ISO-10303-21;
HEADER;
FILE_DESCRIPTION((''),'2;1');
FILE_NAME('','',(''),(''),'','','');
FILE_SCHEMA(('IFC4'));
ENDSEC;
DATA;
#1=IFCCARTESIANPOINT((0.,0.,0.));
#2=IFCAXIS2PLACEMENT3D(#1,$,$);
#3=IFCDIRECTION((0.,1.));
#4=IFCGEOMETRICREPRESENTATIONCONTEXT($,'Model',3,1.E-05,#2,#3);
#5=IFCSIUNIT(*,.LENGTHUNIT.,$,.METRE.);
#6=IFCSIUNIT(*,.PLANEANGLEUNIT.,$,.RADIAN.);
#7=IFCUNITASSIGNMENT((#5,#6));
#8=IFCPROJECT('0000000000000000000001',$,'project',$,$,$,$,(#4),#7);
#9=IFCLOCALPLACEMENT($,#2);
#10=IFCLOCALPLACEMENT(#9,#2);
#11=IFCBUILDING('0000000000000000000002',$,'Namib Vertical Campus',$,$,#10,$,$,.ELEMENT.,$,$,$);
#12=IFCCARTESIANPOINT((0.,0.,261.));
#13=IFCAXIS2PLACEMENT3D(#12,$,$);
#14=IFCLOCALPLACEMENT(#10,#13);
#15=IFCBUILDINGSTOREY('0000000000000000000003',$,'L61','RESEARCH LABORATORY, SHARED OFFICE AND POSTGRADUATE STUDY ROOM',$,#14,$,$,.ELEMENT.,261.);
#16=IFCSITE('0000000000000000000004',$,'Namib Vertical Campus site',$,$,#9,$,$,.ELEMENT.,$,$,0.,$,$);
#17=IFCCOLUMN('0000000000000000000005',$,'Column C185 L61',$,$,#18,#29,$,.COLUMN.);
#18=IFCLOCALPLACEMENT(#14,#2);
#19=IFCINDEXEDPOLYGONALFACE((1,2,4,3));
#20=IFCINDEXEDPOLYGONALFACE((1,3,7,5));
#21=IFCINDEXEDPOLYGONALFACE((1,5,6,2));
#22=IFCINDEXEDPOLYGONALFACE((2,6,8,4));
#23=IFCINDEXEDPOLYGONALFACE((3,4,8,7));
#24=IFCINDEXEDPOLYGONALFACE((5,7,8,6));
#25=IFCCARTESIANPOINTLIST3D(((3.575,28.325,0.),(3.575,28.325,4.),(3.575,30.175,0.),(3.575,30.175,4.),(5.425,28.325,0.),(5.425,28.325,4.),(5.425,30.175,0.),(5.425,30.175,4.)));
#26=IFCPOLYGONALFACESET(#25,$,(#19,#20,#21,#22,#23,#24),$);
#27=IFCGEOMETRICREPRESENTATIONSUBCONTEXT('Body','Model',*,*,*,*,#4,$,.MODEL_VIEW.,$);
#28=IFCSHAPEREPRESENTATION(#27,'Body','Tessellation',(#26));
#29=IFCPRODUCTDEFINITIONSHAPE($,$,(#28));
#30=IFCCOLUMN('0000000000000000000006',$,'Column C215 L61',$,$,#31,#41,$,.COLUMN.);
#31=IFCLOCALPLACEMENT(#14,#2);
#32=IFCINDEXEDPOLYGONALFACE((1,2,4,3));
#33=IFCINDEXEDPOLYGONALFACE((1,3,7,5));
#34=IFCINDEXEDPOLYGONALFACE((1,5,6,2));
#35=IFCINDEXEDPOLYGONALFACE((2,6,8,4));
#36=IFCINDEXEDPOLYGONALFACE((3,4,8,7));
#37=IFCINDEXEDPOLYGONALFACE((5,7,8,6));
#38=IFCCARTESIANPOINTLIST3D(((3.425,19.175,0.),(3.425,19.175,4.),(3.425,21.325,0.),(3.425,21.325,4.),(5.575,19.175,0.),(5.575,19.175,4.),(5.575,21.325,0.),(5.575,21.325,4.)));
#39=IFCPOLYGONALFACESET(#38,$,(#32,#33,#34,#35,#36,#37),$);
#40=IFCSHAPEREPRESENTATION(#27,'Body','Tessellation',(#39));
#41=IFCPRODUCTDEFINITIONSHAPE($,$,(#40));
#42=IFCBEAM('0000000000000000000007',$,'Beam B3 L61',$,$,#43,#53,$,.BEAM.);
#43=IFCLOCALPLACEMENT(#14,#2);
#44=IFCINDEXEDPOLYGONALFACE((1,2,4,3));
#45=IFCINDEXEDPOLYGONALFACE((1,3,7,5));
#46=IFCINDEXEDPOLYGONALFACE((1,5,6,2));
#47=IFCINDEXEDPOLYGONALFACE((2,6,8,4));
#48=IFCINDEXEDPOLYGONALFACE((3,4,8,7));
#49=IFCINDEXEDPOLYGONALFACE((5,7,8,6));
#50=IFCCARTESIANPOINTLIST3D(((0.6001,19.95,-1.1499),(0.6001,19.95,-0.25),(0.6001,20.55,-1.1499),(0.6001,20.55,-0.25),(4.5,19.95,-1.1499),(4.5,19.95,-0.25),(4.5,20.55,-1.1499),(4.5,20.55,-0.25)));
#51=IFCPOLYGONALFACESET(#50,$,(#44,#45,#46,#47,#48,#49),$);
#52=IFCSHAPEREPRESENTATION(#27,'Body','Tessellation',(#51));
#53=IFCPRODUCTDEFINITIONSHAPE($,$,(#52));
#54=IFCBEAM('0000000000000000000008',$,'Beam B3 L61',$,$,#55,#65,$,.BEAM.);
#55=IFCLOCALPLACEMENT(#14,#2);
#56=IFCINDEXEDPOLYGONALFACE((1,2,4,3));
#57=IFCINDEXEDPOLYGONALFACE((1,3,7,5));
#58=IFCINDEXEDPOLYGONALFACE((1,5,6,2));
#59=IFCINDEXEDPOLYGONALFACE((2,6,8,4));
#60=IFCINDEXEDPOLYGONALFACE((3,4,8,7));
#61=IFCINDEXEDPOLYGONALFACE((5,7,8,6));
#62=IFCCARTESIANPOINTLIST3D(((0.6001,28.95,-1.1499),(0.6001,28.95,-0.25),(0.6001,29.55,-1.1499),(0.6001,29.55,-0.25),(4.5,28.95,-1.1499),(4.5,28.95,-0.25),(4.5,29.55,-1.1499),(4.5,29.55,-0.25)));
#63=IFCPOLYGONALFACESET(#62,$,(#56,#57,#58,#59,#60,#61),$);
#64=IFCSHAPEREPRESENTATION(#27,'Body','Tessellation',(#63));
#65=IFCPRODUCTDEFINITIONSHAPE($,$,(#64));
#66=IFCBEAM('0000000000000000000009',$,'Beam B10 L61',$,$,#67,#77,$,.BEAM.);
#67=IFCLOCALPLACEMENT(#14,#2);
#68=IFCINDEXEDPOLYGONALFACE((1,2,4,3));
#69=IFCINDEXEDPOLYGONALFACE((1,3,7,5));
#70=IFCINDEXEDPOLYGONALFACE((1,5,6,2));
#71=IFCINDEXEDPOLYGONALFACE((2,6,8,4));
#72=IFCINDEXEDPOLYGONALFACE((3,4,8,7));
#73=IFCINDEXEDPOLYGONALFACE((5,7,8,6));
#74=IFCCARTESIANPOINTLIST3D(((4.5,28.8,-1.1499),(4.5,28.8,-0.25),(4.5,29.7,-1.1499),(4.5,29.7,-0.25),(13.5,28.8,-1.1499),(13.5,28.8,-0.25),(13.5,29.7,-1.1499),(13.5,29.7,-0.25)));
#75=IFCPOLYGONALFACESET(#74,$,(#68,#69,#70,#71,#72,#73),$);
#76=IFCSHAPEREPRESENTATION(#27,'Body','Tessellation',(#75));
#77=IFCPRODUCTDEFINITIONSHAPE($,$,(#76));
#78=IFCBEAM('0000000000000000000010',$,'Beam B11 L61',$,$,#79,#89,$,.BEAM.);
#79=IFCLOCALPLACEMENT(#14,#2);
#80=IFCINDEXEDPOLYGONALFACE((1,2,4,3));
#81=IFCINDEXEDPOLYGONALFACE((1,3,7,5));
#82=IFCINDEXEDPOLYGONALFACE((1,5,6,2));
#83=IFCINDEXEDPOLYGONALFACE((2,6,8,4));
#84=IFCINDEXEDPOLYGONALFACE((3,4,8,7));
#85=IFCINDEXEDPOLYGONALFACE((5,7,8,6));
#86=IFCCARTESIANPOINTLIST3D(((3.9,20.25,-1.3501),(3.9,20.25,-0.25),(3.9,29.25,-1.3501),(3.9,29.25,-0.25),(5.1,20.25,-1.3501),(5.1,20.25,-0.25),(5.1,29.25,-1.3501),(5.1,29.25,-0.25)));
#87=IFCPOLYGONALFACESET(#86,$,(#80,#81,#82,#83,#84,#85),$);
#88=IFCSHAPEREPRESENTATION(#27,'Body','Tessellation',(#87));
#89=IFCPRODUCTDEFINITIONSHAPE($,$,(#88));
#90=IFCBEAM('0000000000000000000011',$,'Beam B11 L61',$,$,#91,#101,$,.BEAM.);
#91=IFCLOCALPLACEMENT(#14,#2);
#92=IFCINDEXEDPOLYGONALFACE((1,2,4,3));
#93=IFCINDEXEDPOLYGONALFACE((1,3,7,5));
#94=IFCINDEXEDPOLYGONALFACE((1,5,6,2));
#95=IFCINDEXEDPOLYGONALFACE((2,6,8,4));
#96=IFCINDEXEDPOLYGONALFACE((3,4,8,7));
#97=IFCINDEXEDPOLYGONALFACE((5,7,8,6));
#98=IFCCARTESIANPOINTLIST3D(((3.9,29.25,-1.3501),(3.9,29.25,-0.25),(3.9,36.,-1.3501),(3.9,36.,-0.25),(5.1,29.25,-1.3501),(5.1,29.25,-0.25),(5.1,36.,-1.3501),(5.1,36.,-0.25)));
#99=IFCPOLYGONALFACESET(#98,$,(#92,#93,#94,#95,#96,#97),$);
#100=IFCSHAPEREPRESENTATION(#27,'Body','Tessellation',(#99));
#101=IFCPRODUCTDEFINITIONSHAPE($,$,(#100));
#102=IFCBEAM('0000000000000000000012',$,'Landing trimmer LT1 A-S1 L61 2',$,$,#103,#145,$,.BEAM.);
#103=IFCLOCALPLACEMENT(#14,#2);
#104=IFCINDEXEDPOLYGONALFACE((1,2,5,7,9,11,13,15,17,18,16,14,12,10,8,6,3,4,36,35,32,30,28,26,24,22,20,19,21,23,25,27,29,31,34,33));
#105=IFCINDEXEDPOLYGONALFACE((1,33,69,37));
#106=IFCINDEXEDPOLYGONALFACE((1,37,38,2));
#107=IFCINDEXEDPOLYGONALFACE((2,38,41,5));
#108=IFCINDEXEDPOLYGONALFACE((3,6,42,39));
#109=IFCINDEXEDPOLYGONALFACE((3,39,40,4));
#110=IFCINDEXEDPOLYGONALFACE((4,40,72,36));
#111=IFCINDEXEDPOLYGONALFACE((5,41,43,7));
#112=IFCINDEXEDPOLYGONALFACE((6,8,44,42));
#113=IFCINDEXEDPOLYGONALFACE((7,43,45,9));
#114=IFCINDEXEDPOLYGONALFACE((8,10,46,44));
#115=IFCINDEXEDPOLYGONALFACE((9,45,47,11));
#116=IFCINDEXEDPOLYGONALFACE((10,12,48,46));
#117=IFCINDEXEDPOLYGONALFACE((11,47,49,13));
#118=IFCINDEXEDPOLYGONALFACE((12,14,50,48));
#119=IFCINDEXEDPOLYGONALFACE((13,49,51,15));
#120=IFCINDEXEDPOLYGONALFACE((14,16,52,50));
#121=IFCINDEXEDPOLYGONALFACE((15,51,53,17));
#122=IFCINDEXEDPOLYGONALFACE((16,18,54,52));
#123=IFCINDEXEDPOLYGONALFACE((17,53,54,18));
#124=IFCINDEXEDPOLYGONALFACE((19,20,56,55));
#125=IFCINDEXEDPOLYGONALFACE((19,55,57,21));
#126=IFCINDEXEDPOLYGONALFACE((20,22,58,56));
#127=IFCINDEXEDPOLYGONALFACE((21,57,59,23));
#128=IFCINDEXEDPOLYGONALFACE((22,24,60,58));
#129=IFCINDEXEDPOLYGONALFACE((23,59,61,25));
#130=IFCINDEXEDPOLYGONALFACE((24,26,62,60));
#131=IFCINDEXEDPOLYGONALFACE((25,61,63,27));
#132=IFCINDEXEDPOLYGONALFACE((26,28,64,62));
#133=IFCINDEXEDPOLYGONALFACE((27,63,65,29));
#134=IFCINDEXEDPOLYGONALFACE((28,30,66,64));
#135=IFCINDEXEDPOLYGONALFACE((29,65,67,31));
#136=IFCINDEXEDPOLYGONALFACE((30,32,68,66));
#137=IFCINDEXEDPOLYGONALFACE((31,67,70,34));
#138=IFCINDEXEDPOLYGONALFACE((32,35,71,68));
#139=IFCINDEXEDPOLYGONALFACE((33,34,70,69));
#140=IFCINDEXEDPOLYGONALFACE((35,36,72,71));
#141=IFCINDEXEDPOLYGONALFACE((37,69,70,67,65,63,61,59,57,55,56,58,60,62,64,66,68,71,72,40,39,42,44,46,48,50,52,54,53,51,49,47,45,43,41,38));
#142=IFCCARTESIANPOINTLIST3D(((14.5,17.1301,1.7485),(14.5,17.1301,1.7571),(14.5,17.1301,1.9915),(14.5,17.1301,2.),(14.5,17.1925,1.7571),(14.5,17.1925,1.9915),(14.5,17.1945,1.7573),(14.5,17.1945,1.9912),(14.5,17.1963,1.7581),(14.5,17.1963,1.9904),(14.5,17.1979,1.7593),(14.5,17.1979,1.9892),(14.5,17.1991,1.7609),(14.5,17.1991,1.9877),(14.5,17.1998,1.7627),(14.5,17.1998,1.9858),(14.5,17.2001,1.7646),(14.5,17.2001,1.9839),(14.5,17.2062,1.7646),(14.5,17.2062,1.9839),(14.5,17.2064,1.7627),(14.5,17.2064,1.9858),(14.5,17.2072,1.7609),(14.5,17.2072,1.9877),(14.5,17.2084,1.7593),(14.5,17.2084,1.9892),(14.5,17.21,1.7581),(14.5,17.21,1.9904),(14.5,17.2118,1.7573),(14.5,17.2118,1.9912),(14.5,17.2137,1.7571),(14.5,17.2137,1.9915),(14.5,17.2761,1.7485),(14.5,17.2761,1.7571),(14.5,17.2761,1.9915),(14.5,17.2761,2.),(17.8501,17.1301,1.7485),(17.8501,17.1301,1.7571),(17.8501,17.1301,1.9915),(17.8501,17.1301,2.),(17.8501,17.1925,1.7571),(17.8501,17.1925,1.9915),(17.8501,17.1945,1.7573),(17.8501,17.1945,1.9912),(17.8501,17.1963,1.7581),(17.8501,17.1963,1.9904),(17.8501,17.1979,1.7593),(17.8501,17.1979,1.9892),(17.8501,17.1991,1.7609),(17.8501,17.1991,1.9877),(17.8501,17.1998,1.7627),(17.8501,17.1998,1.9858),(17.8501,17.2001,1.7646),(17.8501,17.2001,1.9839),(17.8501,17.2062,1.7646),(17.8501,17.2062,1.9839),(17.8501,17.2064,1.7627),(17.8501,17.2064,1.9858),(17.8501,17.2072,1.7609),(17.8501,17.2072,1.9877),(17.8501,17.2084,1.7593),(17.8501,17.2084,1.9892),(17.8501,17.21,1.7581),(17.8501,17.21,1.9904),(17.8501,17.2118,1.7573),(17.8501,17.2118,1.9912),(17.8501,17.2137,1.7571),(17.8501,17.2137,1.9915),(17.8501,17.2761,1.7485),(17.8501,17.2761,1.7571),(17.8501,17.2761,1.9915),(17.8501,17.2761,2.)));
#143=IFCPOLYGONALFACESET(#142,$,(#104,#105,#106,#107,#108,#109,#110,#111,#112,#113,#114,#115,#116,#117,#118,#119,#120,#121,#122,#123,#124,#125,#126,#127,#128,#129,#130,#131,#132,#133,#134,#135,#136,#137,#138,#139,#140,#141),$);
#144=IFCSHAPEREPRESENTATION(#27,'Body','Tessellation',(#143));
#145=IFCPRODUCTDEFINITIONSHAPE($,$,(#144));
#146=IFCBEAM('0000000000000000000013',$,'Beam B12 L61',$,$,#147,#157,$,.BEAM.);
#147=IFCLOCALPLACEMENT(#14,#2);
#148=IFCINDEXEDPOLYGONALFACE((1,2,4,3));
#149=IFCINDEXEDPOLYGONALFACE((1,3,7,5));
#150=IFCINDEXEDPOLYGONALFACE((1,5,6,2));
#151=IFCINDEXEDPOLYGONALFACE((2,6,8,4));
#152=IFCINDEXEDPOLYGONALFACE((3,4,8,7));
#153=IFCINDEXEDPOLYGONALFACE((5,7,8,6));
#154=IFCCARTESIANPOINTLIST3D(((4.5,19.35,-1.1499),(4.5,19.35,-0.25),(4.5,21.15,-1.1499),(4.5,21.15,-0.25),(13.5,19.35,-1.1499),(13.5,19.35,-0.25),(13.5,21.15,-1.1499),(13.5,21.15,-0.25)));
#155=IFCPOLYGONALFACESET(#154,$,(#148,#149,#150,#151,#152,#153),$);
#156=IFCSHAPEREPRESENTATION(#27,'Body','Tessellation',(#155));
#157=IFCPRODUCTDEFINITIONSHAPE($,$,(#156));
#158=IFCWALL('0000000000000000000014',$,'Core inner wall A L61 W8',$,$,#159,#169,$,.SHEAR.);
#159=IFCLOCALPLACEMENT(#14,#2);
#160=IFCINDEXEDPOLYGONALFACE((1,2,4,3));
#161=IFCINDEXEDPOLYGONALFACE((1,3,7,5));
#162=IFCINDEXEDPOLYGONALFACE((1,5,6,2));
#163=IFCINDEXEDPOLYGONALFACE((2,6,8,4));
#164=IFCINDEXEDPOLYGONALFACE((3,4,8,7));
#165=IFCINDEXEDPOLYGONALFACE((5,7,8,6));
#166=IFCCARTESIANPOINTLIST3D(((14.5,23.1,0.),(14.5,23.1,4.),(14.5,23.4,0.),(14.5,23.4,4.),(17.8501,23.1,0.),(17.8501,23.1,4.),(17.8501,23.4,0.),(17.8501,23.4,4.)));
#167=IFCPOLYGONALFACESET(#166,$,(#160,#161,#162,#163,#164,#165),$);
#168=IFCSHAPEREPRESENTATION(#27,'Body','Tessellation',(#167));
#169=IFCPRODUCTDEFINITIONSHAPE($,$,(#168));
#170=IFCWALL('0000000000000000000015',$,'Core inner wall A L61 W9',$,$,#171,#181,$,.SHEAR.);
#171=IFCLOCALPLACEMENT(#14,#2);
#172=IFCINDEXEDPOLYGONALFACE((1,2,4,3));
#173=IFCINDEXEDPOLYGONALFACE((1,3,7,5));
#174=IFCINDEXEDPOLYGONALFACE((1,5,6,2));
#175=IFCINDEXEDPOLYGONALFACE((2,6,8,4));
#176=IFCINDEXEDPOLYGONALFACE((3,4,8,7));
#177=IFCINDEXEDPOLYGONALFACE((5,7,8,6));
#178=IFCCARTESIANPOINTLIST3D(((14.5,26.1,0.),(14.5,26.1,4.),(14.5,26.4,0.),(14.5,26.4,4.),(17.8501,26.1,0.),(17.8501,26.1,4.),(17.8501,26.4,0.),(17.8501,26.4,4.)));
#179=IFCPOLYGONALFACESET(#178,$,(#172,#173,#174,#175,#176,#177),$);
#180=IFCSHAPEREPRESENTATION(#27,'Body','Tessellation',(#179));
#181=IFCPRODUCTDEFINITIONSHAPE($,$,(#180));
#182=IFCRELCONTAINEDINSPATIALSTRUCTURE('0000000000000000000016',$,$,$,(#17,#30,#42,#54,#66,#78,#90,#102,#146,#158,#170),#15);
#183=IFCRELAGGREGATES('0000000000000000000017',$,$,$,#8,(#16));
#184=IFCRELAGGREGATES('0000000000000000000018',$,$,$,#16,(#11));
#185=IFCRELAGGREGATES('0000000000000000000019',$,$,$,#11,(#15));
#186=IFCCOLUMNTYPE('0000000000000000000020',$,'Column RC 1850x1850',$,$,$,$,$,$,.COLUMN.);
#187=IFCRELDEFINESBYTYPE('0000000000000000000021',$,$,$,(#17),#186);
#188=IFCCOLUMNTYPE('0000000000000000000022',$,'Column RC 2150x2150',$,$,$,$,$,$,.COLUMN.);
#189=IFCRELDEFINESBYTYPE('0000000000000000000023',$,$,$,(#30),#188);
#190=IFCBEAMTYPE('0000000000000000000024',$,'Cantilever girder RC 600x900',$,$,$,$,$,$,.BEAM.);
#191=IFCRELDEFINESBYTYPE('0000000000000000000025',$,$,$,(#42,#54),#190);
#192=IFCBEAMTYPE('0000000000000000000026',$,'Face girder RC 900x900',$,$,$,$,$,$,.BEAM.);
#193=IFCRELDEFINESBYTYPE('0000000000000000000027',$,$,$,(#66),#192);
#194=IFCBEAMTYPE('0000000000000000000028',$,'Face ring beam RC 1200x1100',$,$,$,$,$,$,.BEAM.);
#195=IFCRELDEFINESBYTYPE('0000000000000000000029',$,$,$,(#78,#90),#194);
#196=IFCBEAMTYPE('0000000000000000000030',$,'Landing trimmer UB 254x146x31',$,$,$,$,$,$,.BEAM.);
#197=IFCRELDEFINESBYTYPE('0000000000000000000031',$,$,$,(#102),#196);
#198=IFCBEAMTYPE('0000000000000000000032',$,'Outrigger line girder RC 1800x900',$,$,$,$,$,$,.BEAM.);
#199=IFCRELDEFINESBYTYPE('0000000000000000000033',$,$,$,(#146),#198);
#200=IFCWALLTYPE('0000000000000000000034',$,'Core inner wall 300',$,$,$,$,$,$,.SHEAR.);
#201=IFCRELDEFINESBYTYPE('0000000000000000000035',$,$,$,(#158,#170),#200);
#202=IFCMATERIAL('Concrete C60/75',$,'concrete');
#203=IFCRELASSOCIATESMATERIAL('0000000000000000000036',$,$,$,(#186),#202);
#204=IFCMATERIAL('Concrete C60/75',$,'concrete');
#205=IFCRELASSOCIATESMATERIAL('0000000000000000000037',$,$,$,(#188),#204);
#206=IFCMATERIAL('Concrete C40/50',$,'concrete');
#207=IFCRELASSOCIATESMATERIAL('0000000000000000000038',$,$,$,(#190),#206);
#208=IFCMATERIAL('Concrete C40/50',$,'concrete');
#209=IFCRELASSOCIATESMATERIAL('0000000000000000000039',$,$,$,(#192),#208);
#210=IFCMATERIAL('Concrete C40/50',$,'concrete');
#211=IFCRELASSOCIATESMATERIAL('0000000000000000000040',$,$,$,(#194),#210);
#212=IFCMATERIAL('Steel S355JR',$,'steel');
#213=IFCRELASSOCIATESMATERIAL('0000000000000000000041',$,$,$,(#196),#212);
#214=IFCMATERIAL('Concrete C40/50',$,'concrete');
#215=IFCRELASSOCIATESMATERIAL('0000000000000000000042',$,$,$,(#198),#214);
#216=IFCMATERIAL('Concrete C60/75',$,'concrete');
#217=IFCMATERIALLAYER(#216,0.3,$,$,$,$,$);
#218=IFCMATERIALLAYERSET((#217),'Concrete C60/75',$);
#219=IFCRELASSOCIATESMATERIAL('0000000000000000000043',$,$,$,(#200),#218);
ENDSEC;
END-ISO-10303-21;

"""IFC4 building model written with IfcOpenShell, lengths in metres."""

from ifc_helpers import new_model, si_unit, direction, frame, frame_2d, origin, origin_2d, place, context, subcontext, project, spatial, rectangle, i_section, extrude, material, layer, layer_set, material_profile, profile_set, type_object, element, save


model = new_model("IFC4")

# Units and contexts
model_context = context("Model", 3, precision=1e-05, world=origin(), true_north=direction((0.0, 1.0)))
body_context = subcontext(model_context, "Body", "Model", "MODEL_VIEW")
ifc_project = project(units=[si_unit("LENGTHUNIT", "METRE"), si_unit("PLANEANGLEUNIT", "RADIAN")], contexts=[model_context])

# Site, building, storey
site_placement = place(None, origin())
site = spatial("IfcSite", under=ifc_project, at=site_placement, Name="Namib Vertical Campus site", CompositionType="ELEMENT", RefElevation=0.0)
building_placement = place(site_placement, origin())
building = spatial("IfcBuilding", under=site, at=building_placement, Name="Namib Vertical Campus", CompositionType="ELEMENT")
storey_placement = place(building_placement, frame((0.0, 0.0, 261.0)))
storey = spatial("IfcBuildingStorey", under=building, at=storey_placement, Name="L61", Description="RESEARCH LABORATORY, SHARED OFFICE AND POSTGRADUATE STUDY ROOM", CompositionType="ELEMENT", Elevation=261.0)

# Columns
ifc_material_1 = material(Name="Concrete C60/75", Category="concrete")
ifc_material_profile_1 = material_profile(ifc_material_1, rectangle(XDim=1.8501, YDim=1.8501, at=origin_2d()))
ifc_profile_set_1 = profile_set([ifc_material_profile_1], Name="Concrete C60/75")
column_type_1 = type_object("IfcColumnType", Name="Column RC 1850x1850", PredefinedType="COLUMN", material=ifc_profile_set_1)
column_1_placement = place(storey_placement, frame((4.5, 29.25, 0.0), z_axis=(0.0, 0.0, 1.0), x_axis=(1.0, 0.0, 0.0)))
element("IfcColumn", 1, at=column_1_placement, inside=storey, type_object=column_type_1, Name="Column C185 L61", PredefinedType="COLUMN", context=body_context, shape_type="SweptSolid", body=[
    extrude(rectangle(XDim=1.8501, YDim=1.8501, at=origin_2d()), origin(), (0.0, 0.0, 1.0), 4.0),
])
ifc_material_2 = material(Name="Concrete C60/75", Category="concrete")
ifc_material_profile_2 = material_profile(ifc_material_2, rectangle(XDim=2.1499, YDim=2.1499, at=origin_2d()))
ifc_profile_set_2 = profile_set([ifc_material_profile_2], Name="Concrete C60/75")
column_type_2 = type_object("IfcColumnType", Name="Column RC 2150x2150", PredefinedType="COLUMN", material=ifc_profile_set_2)
column_2_placement = place(storey_placement, frame((4.5, 20.25, 0.0), z_axis=(0.0, 0.0, 1.0), x_axis=(1.0, 0.0, 0.0)))
element("IfcColumn", 2, at=column_2_placement, inside=storey, type_object=column_type_2, Name="Column C215 L61", PredefinedType="COLUMN", context=body_context, shape_type="SweptSolid", body=[
    extrude(rectangle(XDim=2.1499, YDim=2.1499, at=origin_2d()), origin(), (0.0, 0.0, 1.0), 4.0),
])

# Beams
ifc_material_3 = material(Name="Concrete C40/50", Category="concrete")
ifc_material_profile_3 = material_profile(ifc_material_3, rectangle(XDim=0.6001, YDim=0.8999, at=origin_2d()))
ifc_profile_set_3 = profile_set([ifc_material_profile_3], Name="Concrete C40/50")
beam_type_1 = type_object("IfcBeamType", Name="Cantilever girder RC 600x900", PredefinedType="BEAM", material=ifc_profile_set_3)
for number, where, z_axis, x_axis, name in (
    (3, (4.5, 20.25, -0.7), (-1.0, 0.0, 0.0), (0.0, -1.0, 0.0), "Beam B3 L61"),
    (4, (4.5, 29.25, -0.7), (-1.0, 0.0, 0.0), (0.0, -1.0, 0.0), "Beam B3 L61"),
):
    element("IfcBeam", number, at=place(storey_placement, frame(where, z_axis=z_axis, x_axis=x_axis)), inside=storey, type_object=beam_type_1, Name=name, PredefinedType="BEAM", context=body_context, shape_type="SweptSolid", body=[
        extrude(rectangle(XDim=0.6001, YDim=0.8999, at=origin_2d()), origin(), (0.0, 0.0, 1.0), 3.8999),
    ])
ifc_material_4 = material(Name="Concrete C40/50", Category="concrete")
ifc_material_profile_4 = material_profile(ifc_material_4, rectangle(XDim=0.8999, YDim=0.8999, at=origin_2d()))
ifc_profile_set_4 = profile_set([ifc_material_profile_4], Name="Concrete C40/50")
beam_type_2 = type_object("IfcBeamType", Name="Face girder RC 900x900", PredefinedType="BEAM", material=ifc_profile_set_4)
beam_1_placement = place(storey_placement, frame((4.5, 29.25, -0.7), z_axis=(1.0, 0.0, 0.0), x_axis=(0.0, 1.0, 0.0)))
element("IfcBeam", 5, at=beam_1_placement, inside=storey, type_object=beam_type_2, Name="Beam B10 L61", PredefinedType="BEAM", context=body_context, shape_type="SweptSolid", body=[
    extrude(rectangle(XDim=0.8999, YDim=0.8999, at=origin_2d()), origin(), (0.0, 0.0, 1.0), 9.0),
])
ifc_material_5 = material(Name="Concrete C40/50", Category="concrete")
ifc_material_profile_5 = material_profile(ifc_material_5, rectangle(XDim=1.2, YDim=1.1001, at=origin_2d()))
ifc_profile_set_5 = profile_set([ifc_material_profile_5], Name="Concrete C40/50")
beam_type_3 = type_object("IfcBeamType", Name="Face ring beam RC 1200x1100", PredefinedType="BEAM", material=ifc_profile_set_5)
beam_2_placement = place(storey_placement, frame((4.5, 20.25, -0.8), z_axis=(0.0, 1.0, 0.0), x_axis=(-1.0, 0.0, 0.0)))
element("IfcBeam", 6, at=beam_2_placement, inside=storey, type_object=beam_type_3, Name="Beam B11 L61", PredefinedType="BEAM", context=body_context, shape_type="SweptSolid", body=[
    extrude(rectangle(XDim=1.2, YDim=1.1001, at=origin_2d()), origin(), (0.0, 0.0, 1.0), 9.0),
])
beam_3_placement = place(storey_placement, frame((4.5, 29.25, -0.8), z_axis=(0.0, 1.0, 0.0), x_axis=(-1.0, 0.0, 0.0)))
element("IfcBeam", 7, at=beam_3_placement, inside=storey, type_object=beam_type_3, Name="Beam B11 L61", PredefinedType="BEAM", context=body_context, shape_type="SweptSolid", body=[
    extrude(rectangle(XDim=1.2, YDim=1.1001, at=origin_2d()), origin(), (0.0, 0.0, 1.0), 6.75),
])
ifc_material_6 = material(Name="Steel S355JR", Category="steel")
ifc_material_profile_6 = material_profile(ifc_material_6, i_section(OverallWidth=0.146, OverallDepth=0.2515, WebThickness=0.0061, FlangeThickness=0.0085, FilletRadius=0.0076, at=origin_2d()))
ifc_profile_set_6 = profile_set([ifc_material_profile_6], Name="Steel S355JR")
beam_type_4 = type_object("IfcBeamType", Name="Landing trimmer UB 254x146x31", PredefinedType="BEAM", material=ifc_profile_set_6)
beam_4_placement = place(storey_placement, frame((14.5, 17.2031, 1.8743), z_axis=(1.0, 0.0, 0.0), x_axis=(0.0, 1.0, 0.0)))
element("IfcBeam", 8, at=beam_4_placement, inside=storey, type_object=beam_type_4, Name="Landing trimmer LT1 A-S1 L61 2", PredefinedType="BEAM", context=body_context, shape_type="SweptSolid", body=[
    extrude(i_section(OverallWidth=0.146, OverallDepth=0.2515, WebThickness=0.0061, FlangeThickness=0.0085, FilletRadius=0.0076, at=origin_2d()), origin(), (0.0, 0.0, 1.0), 3.3501),
])
ifc_material_7 = material(Name="Concrete C40/50", Category="concrete")
ifc_material_profile_7 = material_profile(ifc_material_7, rectangle(XDim=1.8, YDim=0.8999, at=origin_2d()))
ifc_profile_set_7 = profile_set([ifc_material_profile_7], Name="Concrete C40/50")
beam_type_5 = type_object("IfcBeamType", Name="Outrigger line girder RC 1800x900", PredefinedType="BEAM", material=ifc_profile_set_7)
beam_5_placement = place(storey_placement, frame((4.5, 20.25, -0.7), z_axis=(1.0, 0.0, 0.0), x_axis=(0.0, 1.0, 0.0)))
element("IfcBeam", 9, at=beam_5_placement, inside=storey, type_object=beam_type_5, Name="Beam B12 L61", PredefinedType="BEAM", context=body_context, shape_type="SweptSolid", body=[
    extrude(rectangle(XDim=1.8, YDim=0.8999, at=origin_2d()), origin(), (0.0, 0.0, 1.0), 9.0),
])

# Walls
ifc_material_8 = material(Name="Concrete C60/75", Category="concrete")
ifc_layer_1 = layer(ifc_material_8, 0.3)
ifc_layer_set_1 = layer_set([ifc_layer_1], Name="Concrete C60/75")
wall_type_1 = type_object("IfcWallType", Name="Core inner wall 300", PredefinedType="SHEAR", material=ifc_layer_set_1)
for number, where, z_axis, x_axis, name in (
    (10, (14.5, 23.25, 0.0), (0.0, 0.0, 1.0), (1.0, 0.0, 0.0), "Core inner wall A L61 W8"),
    (11, (14.5, 26.25, 0.0), (0.0, 0.0, 1.0), (1.0, 0.0, 0.0), "Core inner wall A L61 W9"),
):
    element("IfcWall", number, at=place(storey_placement, frame(where, z_axis=z_axis, x_axis=x_axis)), inside=storey, type_object=wall_type_1, Name=name, PredefinedType="SHEAR", context=body_context, shape_type="SweptSolid", body=[
        extrude(rectangle(XDim=3.3501, YDim=0.3, at=frame_2d((1.675, 0.0))), origin(), (0.0, 0.0, 1.0), 4.0),
    ])

save(model, "model.ifc")
